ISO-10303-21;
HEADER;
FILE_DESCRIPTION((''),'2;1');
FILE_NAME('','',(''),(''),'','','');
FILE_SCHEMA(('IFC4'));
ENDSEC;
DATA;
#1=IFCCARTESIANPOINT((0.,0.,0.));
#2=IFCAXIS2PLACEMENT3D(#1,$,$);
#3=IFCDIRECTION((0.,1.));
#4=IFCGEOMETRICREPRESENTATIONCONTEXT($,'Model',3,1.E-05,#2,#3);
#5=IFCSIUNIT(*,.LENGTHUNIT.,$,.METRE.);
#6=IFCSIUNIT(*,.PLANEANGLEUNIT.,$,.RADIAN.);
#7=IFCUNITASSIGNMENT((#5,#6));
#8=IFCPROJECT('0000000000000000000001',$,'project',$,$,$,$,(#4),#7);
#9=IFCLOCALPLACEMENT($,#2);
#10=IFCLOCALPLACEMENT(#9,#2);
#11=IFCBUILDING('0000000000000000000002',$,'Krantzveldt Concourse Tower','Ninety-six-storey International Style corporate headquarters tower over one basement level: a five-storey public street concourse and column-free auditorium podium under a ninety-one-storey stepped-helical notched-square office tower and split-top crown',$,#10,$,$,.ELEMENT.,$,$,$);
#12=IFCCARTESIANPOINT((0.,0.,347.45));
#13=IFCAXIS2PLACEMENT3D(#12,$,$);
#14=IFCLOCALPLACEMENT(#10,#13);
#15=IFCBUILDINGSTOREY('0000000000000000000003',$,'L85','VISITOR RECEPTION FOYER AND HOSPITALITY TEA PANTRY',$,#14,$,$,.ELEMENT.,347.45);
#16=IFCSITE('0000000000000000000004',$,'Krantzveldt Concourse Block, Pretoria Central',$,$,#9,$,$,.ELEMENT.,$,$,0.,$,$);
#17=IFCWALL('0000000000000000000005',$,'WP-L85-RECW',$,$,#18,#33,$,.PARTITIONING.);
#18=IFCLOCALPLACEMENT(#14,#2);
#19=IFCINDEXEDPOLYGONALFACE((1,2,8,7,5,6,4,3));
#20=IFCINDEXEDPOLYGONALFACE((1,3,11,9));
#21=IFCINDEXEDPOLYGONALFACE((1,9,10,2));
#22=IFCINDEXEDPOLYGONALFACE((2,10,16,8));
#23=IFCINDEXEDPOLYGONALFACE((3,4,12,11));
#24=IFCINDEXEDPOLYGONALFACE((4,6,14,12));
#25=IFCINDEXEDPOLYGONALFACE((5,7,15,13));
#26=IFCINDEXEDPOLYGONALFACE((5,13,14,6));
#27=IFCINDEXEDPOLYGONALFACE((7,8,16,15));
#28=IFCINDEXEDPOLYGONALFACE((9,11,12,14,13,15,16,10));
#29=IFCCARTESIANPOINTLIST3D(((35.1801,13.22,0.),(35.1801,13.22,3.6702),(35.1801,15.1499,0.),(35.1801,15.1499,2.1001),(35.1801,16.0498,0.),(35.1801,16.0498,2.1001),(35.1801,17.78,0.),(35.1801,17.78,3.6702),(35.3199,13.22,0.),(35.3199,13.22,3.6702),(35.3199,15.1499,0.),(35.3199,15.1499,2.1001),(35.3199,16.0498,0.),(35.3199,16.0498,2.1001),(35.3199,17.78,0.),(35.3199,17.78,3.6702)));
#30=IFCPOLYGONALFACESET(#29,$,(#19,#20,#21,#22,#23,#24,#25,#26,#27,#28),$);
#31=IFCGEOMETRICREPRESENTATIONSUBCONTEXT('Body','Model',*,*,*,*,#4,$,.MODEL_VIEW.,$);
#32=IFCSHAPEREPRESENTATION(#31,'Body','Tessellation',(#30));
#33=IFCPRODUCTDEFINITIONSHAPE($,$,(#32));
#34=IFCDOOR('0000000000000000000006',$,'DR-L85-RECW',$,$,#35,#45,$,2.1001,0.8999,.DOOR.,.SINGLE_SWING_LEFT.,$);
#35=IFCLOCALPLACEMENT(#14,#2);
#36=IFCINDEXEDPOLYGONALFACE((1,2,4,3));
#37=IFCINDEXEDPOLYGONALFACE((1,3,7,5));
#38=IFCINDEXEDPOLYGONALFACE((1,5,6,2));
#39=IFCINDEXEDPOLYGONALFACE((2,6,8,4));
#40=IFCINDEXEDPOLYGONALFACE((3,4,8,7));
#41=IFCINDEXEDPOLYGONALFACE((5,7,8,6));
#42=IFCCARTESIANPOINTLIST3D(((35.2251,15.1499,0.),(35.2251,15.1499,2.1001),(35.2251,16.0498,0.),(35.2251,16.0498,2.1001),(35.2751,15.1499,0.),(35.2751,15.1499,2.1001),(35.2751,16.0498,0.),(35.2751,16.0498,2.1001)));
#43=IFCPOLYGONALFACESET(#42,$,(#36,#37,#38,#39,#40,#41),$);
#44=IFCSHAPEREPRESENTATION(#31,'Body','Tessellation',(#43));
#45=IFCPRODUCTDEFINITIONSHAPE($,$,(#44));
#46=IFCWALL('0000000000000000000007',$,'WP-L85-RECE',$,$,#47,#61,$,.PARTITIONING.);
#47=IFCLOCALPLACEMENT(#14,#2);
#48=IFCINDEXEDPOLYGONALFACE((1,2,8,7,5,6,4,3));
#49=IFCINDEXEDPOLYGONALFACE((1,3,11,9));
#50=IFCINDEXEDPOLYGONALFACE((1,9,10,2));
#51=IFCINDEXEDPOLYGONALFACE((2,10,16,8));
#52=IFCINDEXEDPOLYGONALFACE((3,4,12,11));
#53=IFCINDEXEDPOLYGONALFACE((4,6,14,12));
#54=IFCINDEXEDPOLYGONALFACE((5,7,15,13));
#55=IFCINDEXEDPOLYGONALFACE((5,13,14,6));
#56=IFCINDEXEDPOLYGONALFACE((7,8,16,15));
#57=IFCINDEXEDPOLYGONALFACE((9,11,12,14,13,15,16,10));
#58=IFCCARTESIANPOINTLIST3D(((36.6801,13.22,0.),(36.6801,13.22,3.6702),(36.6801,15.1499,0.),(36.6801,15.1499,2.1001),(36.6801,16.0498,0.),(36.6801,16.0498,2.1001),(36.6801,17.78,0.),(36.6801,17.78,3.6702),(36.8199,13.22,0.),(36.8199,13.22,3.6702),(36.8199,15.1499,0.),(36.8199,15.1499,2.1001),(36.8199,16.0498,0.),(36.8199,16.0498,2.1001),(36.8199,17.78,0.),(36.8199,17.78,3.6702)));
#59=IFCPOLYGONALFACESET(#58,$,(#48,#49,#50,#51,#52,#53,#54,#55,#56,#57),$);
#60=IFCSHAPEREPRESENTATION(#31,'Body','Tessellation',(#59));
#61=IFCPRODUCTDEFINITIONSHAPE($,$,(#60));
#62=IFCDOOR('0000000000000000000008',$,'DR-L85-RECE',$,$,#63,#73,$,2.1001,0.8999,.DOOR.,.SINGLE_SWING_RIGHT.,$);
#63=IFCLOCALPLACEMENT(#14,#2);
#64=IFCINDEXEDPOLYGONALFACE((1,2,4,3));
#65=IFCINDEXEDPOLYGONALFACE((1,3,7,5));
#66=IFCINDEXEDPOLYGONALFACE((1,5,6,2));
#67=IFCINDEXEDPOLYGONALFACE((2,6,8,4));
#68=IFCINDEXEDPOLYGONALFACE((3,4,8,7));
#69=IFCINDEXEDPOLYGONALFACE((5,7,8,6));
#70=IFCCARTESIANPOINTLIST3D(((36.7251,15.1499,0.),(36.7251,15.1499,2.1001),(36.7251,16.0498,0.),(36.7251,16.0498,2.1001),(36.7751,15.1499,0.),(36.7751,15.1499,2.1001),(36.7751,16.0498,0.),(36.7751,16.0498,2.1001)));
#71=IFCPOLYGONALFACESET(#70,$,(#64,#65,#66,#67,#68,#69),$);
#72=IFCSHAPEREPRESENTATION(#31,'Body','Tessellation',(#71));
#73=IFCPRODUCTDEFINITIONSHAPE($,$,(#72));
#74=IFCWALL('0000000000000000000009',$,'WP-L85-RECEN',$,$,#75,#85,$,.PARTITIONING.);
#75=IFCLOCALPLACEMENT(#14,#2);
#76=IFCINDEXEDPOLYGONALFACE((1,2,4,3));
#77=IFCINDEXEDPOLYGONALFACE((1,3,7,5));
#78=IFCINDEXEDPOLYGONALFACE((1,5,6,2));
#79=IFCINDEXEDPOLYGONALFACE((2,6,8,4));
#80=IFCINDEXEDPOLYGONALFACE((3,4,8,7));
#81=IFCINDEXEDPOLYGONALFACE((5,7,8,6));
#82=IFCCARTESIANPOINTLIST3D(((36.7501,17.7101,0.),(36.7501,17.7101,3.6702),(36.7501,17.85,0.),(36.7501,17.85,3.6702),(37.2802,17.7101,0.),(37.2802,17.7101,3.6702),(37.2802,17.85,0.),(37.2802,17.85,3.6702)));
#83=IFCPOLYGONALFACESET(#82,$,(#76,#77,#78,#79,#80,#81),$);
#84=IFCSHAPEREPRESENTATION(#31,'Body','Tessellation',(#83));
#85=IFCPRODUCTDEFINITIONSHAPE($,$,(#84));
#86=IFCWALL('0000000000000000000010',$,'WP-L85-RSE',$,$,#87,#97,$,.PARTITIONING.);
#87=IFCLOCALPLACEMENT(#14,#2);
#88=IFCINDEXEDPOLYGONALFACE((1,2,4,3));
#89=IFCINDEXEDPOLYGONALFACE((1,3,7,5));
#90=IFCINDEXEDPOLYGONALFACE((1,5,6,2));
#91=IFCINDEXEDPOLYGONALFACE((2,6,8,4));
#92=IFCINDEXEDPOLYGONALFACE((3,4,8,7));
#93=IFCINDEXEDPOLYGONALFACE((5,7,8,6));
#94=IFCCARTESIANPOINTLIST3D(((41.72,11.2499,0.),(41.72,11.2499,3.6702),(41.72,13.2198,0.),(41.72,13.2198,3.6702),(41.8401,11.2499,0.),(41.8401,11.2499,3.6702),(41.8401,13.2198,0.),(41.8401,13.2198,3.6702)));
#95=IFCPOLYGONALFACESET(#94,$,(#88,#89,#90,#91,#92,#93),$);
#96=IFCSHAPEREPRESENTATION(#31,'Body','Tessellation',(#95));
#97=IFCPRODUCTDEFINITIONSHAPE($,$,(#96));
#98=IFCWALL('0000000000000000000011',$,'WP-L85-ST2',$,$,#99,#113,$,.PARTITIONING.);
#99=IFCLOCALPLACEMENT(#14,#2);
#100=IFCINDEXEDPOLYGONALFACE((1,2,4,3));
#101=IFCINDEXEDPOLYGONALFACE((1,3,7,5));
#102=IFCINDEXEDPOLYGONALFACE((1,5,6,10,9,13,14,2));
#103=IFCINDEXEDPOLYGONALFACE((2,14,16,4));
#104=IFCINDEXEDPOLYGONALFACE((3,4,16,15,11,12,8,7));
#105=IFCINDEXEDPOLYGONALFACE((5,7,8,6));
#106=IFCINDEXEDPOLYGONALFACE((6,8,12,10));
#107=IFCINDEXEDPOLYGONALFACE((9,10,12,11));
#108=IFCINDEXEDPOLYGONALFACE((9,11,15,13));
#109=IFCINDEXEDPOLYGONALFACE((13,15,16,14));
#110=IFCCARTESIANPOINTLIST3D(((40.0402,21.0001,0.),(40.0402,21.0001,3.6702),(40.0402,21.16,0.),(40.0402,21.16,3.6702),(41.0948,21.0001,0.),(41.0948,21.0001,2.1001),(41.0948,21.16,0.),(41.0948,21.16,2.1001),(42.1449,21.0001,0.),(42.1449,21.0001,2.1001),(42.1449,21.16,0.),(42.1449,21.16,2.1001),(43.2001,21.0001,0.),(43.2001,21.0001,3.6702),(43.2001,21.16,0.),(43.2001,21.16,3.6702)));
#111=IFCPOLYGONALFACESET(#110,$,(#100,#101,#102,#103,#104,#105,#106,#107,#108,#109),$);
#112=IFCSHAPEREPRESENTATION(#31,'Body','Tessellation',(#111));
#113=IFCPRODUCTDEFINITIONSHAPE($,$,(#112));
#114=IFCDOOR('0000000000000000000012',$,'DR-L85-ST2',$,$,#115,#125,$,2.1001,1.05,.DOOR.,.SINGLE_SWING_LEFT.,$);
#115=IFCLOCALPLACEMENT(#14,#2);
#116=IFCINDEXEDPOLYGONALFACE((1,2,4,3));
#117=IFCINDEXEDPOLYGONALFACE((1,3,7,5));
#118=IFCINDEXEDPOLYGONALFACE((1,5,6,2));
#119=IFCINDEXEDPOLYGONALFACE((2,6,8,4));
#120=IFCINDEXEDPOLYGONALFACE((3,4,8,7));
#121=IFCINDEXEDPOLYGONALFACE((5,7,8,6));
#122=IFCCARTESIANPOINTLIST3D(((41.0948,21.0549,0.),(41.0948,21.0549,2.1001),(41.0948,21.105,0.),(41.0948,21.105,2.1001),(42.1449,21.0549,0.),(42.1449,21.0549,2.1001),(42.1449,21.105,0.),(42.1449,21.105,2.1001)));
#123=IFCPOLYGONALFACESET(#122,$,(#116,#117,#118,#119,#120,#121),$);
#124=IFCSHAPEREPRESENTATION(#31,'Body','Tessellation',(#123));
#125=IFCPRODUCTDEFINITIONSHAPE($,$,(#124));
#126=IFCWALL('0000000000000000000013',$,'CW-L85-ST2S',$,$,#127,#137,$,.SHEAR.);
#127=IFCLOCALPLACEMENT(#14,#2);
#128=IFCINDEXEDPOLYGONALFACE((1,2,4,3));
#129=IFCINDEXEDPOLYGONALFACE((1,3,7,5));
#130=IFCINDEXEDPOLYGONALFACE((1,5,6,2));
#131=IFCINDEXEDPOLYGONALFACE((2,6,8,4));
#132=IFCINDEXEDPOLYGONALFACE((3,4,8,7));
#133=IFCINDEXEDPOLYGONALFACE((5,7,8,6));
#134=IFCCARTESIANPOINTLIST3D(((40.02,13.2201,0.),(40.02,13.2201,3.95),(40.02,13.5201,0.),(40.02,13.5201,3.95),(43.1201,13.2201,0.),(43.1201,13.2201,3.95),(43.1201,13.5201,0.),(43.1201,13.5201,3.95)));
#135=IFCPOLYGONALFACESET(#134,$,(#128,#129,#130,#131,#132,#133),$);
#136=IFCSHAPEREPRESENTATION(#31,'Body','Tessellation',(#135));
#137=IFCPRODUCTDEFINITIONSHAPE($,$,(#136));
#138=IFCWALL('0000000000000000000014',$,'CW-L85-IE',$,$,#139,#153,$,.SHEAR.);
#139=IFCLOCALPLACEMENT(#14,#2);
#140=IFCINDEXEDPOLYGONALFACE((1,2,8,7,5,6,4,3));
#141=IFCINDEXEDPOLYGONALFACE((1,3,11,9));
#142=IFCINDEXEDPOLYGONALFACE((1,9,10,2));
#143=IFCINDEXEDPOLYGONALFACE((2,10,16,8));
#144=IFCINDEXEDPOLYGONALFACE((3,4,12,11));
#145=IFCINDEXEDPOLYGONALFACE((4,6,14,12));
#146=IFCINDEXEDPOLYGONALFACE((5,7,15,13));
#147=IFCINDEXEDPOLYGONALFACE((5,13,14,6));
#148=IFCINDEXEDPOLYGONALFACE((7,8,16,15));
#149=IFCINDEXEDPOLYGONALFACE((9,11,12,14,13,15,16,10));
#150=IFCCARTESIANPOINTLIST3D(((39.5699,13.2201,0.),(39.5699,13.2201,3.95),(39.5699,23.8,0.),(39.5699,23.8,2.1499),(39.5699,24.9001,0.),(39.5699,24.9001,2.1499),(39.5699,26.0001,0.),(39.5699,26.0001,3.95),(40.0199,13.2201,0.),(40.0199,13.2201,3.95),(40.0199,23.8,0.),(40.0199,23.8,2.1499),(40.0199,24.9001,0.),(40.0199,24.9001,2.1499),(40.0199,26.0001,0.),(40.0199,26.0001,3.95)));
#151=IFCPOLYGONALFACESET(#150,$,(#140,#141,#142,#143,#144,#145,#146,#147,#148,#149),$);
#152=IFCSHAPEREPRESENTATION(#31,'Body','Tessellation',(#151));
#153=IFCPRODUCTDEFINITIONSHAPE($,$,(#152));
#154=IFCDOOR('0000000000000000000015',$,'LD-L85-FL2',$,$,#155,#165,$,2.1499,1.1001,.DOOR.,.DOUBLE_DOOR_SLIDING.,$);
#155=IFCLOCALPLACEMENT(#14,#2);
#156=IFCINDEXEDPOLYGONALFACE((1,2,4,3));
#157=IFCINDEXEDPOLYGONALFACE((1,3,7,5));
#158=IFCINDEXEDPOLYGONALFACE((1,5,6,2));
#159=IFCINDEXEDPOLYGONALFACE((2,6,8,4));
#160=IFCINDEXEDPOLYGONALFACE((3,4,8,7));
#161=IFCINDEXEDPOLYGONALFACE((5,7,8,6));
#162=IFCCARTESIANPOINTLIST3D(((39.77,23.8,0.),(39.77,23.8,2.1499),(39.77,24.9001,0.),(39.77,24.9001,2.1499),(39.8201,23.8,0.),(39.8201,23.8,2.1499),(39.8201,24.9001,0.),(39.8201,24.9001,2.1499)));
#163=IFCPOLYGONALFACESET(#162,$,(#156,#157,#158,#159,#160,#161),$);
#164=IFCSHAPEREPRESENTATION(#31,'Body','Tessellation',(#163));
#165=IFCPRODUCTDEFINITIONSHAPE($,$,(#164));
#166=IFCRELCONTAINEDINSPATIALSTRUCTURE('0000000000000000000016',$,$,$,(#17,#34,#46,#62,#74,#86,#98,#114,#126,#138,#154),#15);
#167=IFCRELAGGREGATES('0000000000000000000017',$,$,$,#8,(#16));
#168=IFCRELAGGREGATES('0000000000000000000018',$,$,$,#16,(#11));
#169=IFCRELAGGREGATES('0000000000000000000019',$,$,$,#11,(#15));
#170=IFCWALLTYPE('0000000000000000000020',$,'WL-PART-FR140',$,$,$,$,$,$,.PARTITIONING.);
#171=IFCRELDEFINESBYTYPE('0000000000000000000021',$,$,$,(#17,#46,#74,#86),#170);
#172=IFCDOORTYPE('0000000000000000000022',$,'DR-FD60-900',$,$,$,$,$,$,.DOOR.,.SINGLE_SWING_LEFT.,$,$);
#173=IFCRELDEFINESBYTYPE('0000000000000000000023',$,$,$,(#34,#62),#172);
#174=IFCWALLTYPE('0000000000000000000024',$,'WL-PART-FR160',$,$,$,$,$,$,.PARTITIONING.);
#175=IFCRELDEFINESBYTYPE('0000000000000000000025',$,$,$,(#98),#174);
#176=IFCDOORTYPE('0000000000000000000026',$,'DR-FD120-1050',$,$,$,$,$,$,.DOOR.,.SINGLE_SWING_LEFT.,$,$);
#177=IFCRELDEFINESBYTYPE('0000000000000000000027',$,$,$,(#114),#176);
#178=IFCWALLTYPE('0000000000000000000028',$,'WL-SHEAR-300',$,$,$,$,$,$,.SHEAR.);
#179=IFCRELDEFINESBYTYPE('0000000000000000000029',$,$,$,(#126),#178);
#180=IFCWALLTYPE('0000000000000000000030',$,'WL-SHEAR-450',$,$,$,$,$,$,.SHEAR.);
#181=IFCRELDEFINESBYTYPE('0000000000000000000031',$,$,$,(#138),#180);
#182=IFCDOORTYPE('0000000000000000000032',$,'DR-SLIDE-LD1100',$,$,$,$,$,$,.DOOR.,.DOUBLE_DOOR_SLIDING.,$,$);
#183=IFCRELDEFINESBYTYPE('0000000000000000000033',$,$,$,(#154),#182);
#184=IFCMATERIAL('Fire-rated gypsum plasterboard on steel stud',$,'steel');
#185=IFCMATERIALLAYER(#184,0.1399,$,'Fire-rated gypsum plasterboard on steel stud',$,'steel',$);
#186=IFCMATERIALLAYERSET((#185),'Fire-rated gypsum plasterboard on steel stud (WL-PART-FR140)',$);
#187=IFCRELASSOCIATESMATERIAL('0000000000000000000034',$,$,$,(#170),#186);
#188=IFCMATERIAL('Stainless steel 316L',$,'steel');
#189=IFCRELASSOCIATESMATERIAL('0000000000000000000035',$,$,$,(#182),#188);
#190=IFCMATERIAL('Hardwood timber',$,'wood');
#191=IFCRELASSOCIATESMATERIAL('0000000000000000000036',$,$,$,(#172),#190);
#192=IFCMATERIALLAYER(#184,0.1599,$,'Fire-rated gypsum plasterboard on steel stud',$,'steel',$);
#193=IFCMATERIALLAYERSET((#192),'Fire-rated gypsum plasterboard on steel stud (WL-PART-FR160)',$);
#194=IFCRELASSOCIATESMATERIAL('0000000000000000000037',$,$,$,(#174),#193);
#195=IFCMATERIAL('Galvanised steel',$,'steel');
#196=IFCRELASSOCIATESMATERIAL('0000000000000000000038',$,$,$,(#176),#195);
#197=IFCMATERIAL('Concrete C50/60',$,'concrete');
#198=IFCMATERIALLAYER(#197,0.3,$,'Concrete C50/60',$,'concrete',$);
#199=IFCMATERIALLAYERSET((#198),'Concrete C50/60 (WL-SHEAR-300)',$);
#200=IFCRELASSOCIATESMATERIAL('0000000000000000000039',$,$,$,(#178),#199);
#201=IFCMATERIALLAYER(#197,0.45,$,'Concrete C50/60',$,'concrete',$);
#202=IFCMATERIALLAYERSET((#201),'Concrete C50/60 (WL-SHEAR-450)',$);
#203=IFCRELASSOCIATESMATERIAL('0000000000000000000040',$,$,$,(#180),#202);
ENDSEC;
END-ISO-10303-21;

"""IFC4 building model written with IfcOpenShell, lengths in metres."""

from ifc_helpers import new_model, si_unit, direction, frame, frame_2d, origin, place, context, subcontext, project, spatial, rectangle, extrude, material, layer, layer_set, type_object, element, fill, save


model = new_model("IFC4")

# Units and contexts
model_context = context("Model", 3, precision=1e-05, world=origin(), true_north=direction((0.0, 1.0)))
body_context = subcontext(model_context, "Body", "Model", "MODEL_VIEW")
ifc_project = project(units=[si_unit("LENGTHUNIT", "METRE"), si_unit("PLANEANGLEUNIT", "RADIAN")], contexts=[model_context])

# Site, building, storey
site_placement = place(None, origin())
site = spatial("IfcSite", under=ifc_project, at=site_placement, Name="Krantzveldt Concourse Block, Pretoria Central", CompositionType="ELEMENT", RefElevation=0.0)
building_placement = place(site_placement, origin())
building = spatial("IfcBuilding", under=site, at=building_placement, Name="Krantzveldt Concourse Tower", Description="Ninety-six-storey International Style corporate headquarters tower over one basement level: a five-storey public street concourse and column-free auditorium podium under a ninety-one-storey stepped-helical notched-square office tower and split-top crown", CompositionType="ELEMENT")
storey_placement = place(building_placement, frame((0.0, 0.0, 347.45)))
storey = spatial("IfcBuildingStorey", under=building, at=storey_placement, Name="L85", Description="VISITOR RECEPTION FOYER AND HOSPITALITY TEA PANTRY", CompositionType="ELEMENT", Elevation=347.45)

# Shared definitions
ifc_material_1 = material(Name="Fire-rated gypsum plasterboard on steel stud", Category="steel")

# Shared definitions
ifc_layer_1 = layer(ifc_material_1, 0.1399, Name="Fire-rated gypsum plasterboard on steel stud", Category="steel")
ifc_layer_set_1 = layer_set([ifc_layer_1], Name="Fire-rated gypsum plasterboard on steel stud (WL-PART-FR140)")
wall_type_1 = type_object("IfcWallType", Name="WL-PART-FR140", PredefinedType="PARTITIONING", material=ifc_layer_set_1)
ifc_material_2 = material(Name="Stainless steel 316L", Category="steel")
door_type_1 = type_object("IfcDoorType", Name="DR-SLIDE-LD1100", OperationType="DOUBLE_DOOR_SLIDING", PredefinedType="DOOR", material=ifc_material_2)

# Walls, openings, doors
wall_1_placement = place(storey_placement, frame((35.25, 13.22, 0.0), z_axis=(0.0, 0.0, 1.0), x_axis=(0.0, 1.0, 0.0)))
wall_1 = element("IfcWall", 1, at=wall_1_placement, inside=storey, type_object=wall_type_1, Name="WP-L85-RECW", PredefinedType="PARTITIONING", context=body_context, shape_type="SweptSolid", body=[
    extrude(rectangle(XDim=4.5601, YDim=0.1399, at=frame_2d((2.28, 0.0))), origin(), (0.0, 0.0, 1.0), 3.6702),
])
opening_1_placement = place(wall_1_placement, frame((1.9299, 0.0, 0.0)))
opening_1 = element("IfcOpeningElement", 2, at=opening_1_placement, cuts=wall_1, PredefinedType="OPENING", context=body_context, shape_type="SweptSolid", body=[
    extrude(rectangle(XDim=0.8999, YDim=2.1001, at=frame_2d((0.45, 1.05))), frame((0.0, 0.0801, 0.0), z_axis=(0.0, -1.0, 0.0), x_axis=(1.0, 0.0, 0.0)), (0.0, 0.0, 1.0), 0.1599),
])
ifc_material_3 = material(Name="Hardwood timber", Category="wood")
door_type_2 = type_object("IfcDoorType", Name="DR-FD60-900", OperationType="SINGLE_SWING_LEFT", PredefinedType="DOOR", material=ifc_material_3)
door_1_placement = place(opening_1_placement, origin())
door_1 = element("IfcDoor", 3, at=door_1_placement, inside=storey, type_object=door_type_2, Name="DR-L85-RECW", OperationType="SINGLE_SWING_LEFT", OverallHeight=2.1001, OverallWidth=0.8999, PredefinedType="DOOR", context=body_context, shape_type="SweptSolid", body=[
    extrude(rectangle(XDim=0.8999, YDim=2.1001, at=frame_2d((0.45, 1.05))), frame((0.0, 0.0249, 0.0), z_axis=(0.0, -1.0, 0.0), x_axis=(1.0, 0.0, 0.0)), (0.0, 0.0, 1.0), 0.05),
])
fill(opening_1, door_1)
wall_2_placement = place(storey_placement, frame((36.75, 13.22, 0.0), z_axis=(0.0, 0.0, 1.0), x_axis=(0.0, 1.0, 0.0)))
wall_2 = element("IfcWall", 4, at=wall_2_placement, inside=storey, type_object=wall_type_1, Name="WP-L85-RECE", PredefinedType="PARTITIONING", context=body_context, shape_type="SweptSolid", body=[
    extrude(rectangle(XDim=4.5601, YDim=0.1399, at=frame_2d((2.28, 0.0))), origin(), (0.0, 0.0, 1.0), 3.6702),
])
opening_2_placement = place(wall_2_placement, frame((1.9299, 0.0, 0.0)))
opening_2 = element("IfcOpeningElement", 5, at=opening_2_placement, cuts=wall_2, PredefinedType="OPENING", context=body_context, shape_type="SweptSolid", body=[
    extrude(rectangle(XDim=0.8999, YDim=2.1001, at=frame_2d((0.45, 1.05))), frame((0.0, 0.0801, 0.0), z_axis=(0.0, -1.0, 0.0), x_axis=(1.0, 0.0, 0.0)), (0.0, 0.0, 1.0), 0.1599),
])
door_2_placement = place(opening_2_placement, origin())
door_2 = element("IfcDoor", 6, at=door_2_placement, inside=storey, type_object=door_type_2, Name="DR-L85-RECE", OperationType="SINGLE_SWING_RIGHT", OverallHeight=2.1001, OverallWidth=0.8999, PredefinedType="DOOR", context=body_context, shape_type="SweptSolid", body=[
    extrude(rectangle(XDim=0.8999, YDim=2.1001, at=frame_2d((0.45, 1.05))), frame((0.0, 0.0249, 0.0), z_axis=(0.0, -1.0, 0.0), x_axis=(1.0, 0.0, 0.0)), (0.0, 0.0, 1.0), 0.05),
])
fill(opening_2, door_2)

# Walls
wall_3_placement = place(storey_placement, frame((36.75, 17.78, 0.0), z_axis=(0.0, 0.0, 1.0), x_axis=(1.0, 0.0, 0.0)))
element("IfcWall", 7, at=wall_3_placement, inside=storey, type_object=wall_type_1, Name="WP-L85-RECEN", PredefinedType="PARTITIONING", context=body_context, shape_type="SweptSolid", body=[
    extrude(rectangle(XDim=0.53, YDim=0.1399, at=frame_2d((0.2651, 0.0))), origin(), (0.0, 0.0, 1.0), 3.6702),
])
wall_4_placement = place(storey_placement, frame((41.78, 11.25, 0.0), z_axis=(0.0, 0.0, 1.0), x_axis=(0.0, 1.0, 0.0)))
element("IfcWall", 8, at=wall_4_placement, inside=storey, type_object=wall_type_1, Name="WP-L85-RSE", PredefinedType="PARTITIONING", context=body_context, shape_type="SweptSolid", body=[
    extrude(rectangle(XDim=1.97, YDim=0.1201, at=frame_2d((0.9849, 0.0))), origin(), (0.0, 0.0, 1.0), 3.6702),
])

# Wall, opening, door
ifc_layer_2 = layer(ifc_material_1, 0.1599, Name="Fire-rated gypsum plasterboard on steel stud", Category="steel")
ifc_layer_set_2 = layer_set([ifc_layer_2], Name="Fire-rated gypsum plasterboard on steel stud (WL-PART-FR160)")
wall_type_2 = type_object("IfcWallType", Name="WL-PART-FR160", PredefinedType="PARTITIONING", material=ifc_layer_set_2)
wall_5_placement = place(storey_placement, frame((40.04, 21.0801, 0.0), z_axis=(0.0, 0.0, 1.0), x_axis=(1.0, 0.0, 0.0)))
wall_5 = element("IfcWall", 9, at=wall_5_placement, inside=storey, type_object=wall_type_2, Name="WP-L85-ST2", PredefinedType="PARTITIONING", context=body_context, shape_type="SweptSolid", body=[
    extrude(rectangle(XDim=3.1599, YDim=0.1599, at=frame_2d((1.5801, 0.0))), origin(), (0.0, 0.0, 1.0), 3.6702),
])
opening_3_placement = place(wall_5_placement, frame((1.0549, 0.0, 0.0)))
opening_3 = element("IfcOpeningElement", 10, at=opening_3_placement, cuts=wall_5, PredefinedType="OPENING", context=body_context, shape_type="SweptSolid", body=[
    extrude(rectangle(XDim=1.05, YDim=2.1001, at=frame_2d((0.5249, 1.05))), frame((0.0, 0.0898, 0.0), z_axis=(0.0, -1.0, 0.0), x_axis=(1.0, 0.0, 0.0)), (0.0, 0.0, 1.0), 0.1799),
])
ifc_material_4 = material(Name="Galvanised steel", Category="steel")
door_type_3 = type_object("IfcDoorType", Name="DR-FD120-1050", OperationType="SINGLE_SWING_LEFT", PredefinedType="DOOR", material=ifc_material_4)
door_3_placement = place(opening_3_placement, origin())
door_3 = element("IfcDoor", 11, at=door_3_placement, inside=storey, type_object=door_type_3, Name="DR-L85-ST2", OperationType="SINGLE_SWING_LEFT", OverallHeight=2.1001, OverallWidth=1.05, PredefinedType="DOOR", context=body_context, shape_type="SweptSolid", body=[
    extrude(rectangle(XDim=1.05, YDim=2.1001, at=frame_2d((0.5249, 1.05))), frame((0.0, 0.0249, 0.0), z_axis=(0.0, -1.0, 0.0), x_axis=(1.0, 0.0, 0.0)), (0.0, 0.0, 1.0), 0.05),
])
fill(opening_3, door_3)

# Wall
ifc_material_5 = material(Name="Concrete C50/60", Category="concrete")
ifc_layer_3 = layer(ifc_material_5, 0.3, Name="Concrete C50/60", Category="concrete")
ifc_layer_set_3 = layer_set([ifc_layer_3], Name="Concrete C50/60 (WL-SHEAR-300)")
wall_type_3 = type_object("IfcWallType", Name="WL-SHEAR-300", PredefinedType="SHEAR", material=ifc_layer_set_3)
wall_6_placement = place(storey_placement, frame((40.02, 13.3701, 0.0), z_axis=(0.0, 0.0, 1.0), x_axis=(1.0, 0.0, 0.0)))
element("IfcWall", 12, at=wall_6_placement, inside=storey, type_object=wall_type_3, Name="CW-L85-ST2S", PredefinedType="SHEAR", context=body_context, shape_type="SweptSolid", body=[
    extrude(rectangle(XDim=3.1001, YDim=0.3, at=frame_2d((1.55, 0.0))), origin(), (0.0, 0.0, 1.0), 3.95),
])

# Wall, opening, door
ifc_layer_4 = layer(ifc_material_5, 0.45, Name="Concrete C50/60", Category="concrete")
ifc_layer_set_4 = layer_set([ifc_layer_4], Name="Concrete C50/60 (WL-SHEAR-450)")
wall_type_4 = type_object("IfcWallType", Name="WL-SHEAR-450", PredefinedType="SHEAR", material=ifc_layer_set_4)
wall_7_placement = place(storey_placement, frame((39.7949, 13.22, 0.0), z_axis=(0.0, 0.0, 1.0), x_axis=(0.0, 1.0, 0.0)))
wall_7 = element("IfcWall", 13, at=wall_7_placement, inside=storey, type_object=wall_type_4, Name="CW-L85-IE", PredefinedType="SHEAR", context=body_context, shape_type="SweptSolid", body=[
    extrude(rectangle(XDim=12.78, YDim=0.45, at=frame_2d((6.3901, 0.0))), origin(), (0.0, 0.0, 1.0), 3.95),
])
opening_4_placement = place(wall_7_placement, frame((10.5801, 0.0, 0.0)))
opening_4 = element("IfcOpeningElement", 14, at=opening_4_placement, cuts=wall_7, PredefinedType="OPENING", context=body_context, shape_type="SweptSolid", body=[
    extrude(rectangle(XDim=1.1001, YDim=2.1499, at=frame_2d((0.55, 1.075))), frame((0.0, 0.2349, 0.0), z_axis=(0.0, -1.0, 0.0), x_axis=(1.0, 0.0, 0.0)), (0.0, 0.0, 1.0), 0.47),
])
door_4_placement = place(opening_4_placement, origin())
door_4 = element("IfcDoor", 15, at=door_4_placement, inside=storey, type_object=door_type_1, Name="LD-L85-FL2", OperationType="DOUBLE_DOOR_SLIDING", OverallHeight=2.1499, OverallWidth=1.1001, PredefinedType="DOOR", context=body_context, shape_type="SweptSolid", body=[
    extrude(rectangle(XDim=1.1001, YDim=2.1499, at=frame_2d((0.55, 1.075))), frame((0.0, 0.0249, 0.0), z_axis=(0.0, -1.0, 0.0), x_axis=(1.0, 0.0, 0.0)), (0.0, 0.0, 1.0), 0.05),
])
fill(opening_4, door_4)

save(model, "model.ifc")
